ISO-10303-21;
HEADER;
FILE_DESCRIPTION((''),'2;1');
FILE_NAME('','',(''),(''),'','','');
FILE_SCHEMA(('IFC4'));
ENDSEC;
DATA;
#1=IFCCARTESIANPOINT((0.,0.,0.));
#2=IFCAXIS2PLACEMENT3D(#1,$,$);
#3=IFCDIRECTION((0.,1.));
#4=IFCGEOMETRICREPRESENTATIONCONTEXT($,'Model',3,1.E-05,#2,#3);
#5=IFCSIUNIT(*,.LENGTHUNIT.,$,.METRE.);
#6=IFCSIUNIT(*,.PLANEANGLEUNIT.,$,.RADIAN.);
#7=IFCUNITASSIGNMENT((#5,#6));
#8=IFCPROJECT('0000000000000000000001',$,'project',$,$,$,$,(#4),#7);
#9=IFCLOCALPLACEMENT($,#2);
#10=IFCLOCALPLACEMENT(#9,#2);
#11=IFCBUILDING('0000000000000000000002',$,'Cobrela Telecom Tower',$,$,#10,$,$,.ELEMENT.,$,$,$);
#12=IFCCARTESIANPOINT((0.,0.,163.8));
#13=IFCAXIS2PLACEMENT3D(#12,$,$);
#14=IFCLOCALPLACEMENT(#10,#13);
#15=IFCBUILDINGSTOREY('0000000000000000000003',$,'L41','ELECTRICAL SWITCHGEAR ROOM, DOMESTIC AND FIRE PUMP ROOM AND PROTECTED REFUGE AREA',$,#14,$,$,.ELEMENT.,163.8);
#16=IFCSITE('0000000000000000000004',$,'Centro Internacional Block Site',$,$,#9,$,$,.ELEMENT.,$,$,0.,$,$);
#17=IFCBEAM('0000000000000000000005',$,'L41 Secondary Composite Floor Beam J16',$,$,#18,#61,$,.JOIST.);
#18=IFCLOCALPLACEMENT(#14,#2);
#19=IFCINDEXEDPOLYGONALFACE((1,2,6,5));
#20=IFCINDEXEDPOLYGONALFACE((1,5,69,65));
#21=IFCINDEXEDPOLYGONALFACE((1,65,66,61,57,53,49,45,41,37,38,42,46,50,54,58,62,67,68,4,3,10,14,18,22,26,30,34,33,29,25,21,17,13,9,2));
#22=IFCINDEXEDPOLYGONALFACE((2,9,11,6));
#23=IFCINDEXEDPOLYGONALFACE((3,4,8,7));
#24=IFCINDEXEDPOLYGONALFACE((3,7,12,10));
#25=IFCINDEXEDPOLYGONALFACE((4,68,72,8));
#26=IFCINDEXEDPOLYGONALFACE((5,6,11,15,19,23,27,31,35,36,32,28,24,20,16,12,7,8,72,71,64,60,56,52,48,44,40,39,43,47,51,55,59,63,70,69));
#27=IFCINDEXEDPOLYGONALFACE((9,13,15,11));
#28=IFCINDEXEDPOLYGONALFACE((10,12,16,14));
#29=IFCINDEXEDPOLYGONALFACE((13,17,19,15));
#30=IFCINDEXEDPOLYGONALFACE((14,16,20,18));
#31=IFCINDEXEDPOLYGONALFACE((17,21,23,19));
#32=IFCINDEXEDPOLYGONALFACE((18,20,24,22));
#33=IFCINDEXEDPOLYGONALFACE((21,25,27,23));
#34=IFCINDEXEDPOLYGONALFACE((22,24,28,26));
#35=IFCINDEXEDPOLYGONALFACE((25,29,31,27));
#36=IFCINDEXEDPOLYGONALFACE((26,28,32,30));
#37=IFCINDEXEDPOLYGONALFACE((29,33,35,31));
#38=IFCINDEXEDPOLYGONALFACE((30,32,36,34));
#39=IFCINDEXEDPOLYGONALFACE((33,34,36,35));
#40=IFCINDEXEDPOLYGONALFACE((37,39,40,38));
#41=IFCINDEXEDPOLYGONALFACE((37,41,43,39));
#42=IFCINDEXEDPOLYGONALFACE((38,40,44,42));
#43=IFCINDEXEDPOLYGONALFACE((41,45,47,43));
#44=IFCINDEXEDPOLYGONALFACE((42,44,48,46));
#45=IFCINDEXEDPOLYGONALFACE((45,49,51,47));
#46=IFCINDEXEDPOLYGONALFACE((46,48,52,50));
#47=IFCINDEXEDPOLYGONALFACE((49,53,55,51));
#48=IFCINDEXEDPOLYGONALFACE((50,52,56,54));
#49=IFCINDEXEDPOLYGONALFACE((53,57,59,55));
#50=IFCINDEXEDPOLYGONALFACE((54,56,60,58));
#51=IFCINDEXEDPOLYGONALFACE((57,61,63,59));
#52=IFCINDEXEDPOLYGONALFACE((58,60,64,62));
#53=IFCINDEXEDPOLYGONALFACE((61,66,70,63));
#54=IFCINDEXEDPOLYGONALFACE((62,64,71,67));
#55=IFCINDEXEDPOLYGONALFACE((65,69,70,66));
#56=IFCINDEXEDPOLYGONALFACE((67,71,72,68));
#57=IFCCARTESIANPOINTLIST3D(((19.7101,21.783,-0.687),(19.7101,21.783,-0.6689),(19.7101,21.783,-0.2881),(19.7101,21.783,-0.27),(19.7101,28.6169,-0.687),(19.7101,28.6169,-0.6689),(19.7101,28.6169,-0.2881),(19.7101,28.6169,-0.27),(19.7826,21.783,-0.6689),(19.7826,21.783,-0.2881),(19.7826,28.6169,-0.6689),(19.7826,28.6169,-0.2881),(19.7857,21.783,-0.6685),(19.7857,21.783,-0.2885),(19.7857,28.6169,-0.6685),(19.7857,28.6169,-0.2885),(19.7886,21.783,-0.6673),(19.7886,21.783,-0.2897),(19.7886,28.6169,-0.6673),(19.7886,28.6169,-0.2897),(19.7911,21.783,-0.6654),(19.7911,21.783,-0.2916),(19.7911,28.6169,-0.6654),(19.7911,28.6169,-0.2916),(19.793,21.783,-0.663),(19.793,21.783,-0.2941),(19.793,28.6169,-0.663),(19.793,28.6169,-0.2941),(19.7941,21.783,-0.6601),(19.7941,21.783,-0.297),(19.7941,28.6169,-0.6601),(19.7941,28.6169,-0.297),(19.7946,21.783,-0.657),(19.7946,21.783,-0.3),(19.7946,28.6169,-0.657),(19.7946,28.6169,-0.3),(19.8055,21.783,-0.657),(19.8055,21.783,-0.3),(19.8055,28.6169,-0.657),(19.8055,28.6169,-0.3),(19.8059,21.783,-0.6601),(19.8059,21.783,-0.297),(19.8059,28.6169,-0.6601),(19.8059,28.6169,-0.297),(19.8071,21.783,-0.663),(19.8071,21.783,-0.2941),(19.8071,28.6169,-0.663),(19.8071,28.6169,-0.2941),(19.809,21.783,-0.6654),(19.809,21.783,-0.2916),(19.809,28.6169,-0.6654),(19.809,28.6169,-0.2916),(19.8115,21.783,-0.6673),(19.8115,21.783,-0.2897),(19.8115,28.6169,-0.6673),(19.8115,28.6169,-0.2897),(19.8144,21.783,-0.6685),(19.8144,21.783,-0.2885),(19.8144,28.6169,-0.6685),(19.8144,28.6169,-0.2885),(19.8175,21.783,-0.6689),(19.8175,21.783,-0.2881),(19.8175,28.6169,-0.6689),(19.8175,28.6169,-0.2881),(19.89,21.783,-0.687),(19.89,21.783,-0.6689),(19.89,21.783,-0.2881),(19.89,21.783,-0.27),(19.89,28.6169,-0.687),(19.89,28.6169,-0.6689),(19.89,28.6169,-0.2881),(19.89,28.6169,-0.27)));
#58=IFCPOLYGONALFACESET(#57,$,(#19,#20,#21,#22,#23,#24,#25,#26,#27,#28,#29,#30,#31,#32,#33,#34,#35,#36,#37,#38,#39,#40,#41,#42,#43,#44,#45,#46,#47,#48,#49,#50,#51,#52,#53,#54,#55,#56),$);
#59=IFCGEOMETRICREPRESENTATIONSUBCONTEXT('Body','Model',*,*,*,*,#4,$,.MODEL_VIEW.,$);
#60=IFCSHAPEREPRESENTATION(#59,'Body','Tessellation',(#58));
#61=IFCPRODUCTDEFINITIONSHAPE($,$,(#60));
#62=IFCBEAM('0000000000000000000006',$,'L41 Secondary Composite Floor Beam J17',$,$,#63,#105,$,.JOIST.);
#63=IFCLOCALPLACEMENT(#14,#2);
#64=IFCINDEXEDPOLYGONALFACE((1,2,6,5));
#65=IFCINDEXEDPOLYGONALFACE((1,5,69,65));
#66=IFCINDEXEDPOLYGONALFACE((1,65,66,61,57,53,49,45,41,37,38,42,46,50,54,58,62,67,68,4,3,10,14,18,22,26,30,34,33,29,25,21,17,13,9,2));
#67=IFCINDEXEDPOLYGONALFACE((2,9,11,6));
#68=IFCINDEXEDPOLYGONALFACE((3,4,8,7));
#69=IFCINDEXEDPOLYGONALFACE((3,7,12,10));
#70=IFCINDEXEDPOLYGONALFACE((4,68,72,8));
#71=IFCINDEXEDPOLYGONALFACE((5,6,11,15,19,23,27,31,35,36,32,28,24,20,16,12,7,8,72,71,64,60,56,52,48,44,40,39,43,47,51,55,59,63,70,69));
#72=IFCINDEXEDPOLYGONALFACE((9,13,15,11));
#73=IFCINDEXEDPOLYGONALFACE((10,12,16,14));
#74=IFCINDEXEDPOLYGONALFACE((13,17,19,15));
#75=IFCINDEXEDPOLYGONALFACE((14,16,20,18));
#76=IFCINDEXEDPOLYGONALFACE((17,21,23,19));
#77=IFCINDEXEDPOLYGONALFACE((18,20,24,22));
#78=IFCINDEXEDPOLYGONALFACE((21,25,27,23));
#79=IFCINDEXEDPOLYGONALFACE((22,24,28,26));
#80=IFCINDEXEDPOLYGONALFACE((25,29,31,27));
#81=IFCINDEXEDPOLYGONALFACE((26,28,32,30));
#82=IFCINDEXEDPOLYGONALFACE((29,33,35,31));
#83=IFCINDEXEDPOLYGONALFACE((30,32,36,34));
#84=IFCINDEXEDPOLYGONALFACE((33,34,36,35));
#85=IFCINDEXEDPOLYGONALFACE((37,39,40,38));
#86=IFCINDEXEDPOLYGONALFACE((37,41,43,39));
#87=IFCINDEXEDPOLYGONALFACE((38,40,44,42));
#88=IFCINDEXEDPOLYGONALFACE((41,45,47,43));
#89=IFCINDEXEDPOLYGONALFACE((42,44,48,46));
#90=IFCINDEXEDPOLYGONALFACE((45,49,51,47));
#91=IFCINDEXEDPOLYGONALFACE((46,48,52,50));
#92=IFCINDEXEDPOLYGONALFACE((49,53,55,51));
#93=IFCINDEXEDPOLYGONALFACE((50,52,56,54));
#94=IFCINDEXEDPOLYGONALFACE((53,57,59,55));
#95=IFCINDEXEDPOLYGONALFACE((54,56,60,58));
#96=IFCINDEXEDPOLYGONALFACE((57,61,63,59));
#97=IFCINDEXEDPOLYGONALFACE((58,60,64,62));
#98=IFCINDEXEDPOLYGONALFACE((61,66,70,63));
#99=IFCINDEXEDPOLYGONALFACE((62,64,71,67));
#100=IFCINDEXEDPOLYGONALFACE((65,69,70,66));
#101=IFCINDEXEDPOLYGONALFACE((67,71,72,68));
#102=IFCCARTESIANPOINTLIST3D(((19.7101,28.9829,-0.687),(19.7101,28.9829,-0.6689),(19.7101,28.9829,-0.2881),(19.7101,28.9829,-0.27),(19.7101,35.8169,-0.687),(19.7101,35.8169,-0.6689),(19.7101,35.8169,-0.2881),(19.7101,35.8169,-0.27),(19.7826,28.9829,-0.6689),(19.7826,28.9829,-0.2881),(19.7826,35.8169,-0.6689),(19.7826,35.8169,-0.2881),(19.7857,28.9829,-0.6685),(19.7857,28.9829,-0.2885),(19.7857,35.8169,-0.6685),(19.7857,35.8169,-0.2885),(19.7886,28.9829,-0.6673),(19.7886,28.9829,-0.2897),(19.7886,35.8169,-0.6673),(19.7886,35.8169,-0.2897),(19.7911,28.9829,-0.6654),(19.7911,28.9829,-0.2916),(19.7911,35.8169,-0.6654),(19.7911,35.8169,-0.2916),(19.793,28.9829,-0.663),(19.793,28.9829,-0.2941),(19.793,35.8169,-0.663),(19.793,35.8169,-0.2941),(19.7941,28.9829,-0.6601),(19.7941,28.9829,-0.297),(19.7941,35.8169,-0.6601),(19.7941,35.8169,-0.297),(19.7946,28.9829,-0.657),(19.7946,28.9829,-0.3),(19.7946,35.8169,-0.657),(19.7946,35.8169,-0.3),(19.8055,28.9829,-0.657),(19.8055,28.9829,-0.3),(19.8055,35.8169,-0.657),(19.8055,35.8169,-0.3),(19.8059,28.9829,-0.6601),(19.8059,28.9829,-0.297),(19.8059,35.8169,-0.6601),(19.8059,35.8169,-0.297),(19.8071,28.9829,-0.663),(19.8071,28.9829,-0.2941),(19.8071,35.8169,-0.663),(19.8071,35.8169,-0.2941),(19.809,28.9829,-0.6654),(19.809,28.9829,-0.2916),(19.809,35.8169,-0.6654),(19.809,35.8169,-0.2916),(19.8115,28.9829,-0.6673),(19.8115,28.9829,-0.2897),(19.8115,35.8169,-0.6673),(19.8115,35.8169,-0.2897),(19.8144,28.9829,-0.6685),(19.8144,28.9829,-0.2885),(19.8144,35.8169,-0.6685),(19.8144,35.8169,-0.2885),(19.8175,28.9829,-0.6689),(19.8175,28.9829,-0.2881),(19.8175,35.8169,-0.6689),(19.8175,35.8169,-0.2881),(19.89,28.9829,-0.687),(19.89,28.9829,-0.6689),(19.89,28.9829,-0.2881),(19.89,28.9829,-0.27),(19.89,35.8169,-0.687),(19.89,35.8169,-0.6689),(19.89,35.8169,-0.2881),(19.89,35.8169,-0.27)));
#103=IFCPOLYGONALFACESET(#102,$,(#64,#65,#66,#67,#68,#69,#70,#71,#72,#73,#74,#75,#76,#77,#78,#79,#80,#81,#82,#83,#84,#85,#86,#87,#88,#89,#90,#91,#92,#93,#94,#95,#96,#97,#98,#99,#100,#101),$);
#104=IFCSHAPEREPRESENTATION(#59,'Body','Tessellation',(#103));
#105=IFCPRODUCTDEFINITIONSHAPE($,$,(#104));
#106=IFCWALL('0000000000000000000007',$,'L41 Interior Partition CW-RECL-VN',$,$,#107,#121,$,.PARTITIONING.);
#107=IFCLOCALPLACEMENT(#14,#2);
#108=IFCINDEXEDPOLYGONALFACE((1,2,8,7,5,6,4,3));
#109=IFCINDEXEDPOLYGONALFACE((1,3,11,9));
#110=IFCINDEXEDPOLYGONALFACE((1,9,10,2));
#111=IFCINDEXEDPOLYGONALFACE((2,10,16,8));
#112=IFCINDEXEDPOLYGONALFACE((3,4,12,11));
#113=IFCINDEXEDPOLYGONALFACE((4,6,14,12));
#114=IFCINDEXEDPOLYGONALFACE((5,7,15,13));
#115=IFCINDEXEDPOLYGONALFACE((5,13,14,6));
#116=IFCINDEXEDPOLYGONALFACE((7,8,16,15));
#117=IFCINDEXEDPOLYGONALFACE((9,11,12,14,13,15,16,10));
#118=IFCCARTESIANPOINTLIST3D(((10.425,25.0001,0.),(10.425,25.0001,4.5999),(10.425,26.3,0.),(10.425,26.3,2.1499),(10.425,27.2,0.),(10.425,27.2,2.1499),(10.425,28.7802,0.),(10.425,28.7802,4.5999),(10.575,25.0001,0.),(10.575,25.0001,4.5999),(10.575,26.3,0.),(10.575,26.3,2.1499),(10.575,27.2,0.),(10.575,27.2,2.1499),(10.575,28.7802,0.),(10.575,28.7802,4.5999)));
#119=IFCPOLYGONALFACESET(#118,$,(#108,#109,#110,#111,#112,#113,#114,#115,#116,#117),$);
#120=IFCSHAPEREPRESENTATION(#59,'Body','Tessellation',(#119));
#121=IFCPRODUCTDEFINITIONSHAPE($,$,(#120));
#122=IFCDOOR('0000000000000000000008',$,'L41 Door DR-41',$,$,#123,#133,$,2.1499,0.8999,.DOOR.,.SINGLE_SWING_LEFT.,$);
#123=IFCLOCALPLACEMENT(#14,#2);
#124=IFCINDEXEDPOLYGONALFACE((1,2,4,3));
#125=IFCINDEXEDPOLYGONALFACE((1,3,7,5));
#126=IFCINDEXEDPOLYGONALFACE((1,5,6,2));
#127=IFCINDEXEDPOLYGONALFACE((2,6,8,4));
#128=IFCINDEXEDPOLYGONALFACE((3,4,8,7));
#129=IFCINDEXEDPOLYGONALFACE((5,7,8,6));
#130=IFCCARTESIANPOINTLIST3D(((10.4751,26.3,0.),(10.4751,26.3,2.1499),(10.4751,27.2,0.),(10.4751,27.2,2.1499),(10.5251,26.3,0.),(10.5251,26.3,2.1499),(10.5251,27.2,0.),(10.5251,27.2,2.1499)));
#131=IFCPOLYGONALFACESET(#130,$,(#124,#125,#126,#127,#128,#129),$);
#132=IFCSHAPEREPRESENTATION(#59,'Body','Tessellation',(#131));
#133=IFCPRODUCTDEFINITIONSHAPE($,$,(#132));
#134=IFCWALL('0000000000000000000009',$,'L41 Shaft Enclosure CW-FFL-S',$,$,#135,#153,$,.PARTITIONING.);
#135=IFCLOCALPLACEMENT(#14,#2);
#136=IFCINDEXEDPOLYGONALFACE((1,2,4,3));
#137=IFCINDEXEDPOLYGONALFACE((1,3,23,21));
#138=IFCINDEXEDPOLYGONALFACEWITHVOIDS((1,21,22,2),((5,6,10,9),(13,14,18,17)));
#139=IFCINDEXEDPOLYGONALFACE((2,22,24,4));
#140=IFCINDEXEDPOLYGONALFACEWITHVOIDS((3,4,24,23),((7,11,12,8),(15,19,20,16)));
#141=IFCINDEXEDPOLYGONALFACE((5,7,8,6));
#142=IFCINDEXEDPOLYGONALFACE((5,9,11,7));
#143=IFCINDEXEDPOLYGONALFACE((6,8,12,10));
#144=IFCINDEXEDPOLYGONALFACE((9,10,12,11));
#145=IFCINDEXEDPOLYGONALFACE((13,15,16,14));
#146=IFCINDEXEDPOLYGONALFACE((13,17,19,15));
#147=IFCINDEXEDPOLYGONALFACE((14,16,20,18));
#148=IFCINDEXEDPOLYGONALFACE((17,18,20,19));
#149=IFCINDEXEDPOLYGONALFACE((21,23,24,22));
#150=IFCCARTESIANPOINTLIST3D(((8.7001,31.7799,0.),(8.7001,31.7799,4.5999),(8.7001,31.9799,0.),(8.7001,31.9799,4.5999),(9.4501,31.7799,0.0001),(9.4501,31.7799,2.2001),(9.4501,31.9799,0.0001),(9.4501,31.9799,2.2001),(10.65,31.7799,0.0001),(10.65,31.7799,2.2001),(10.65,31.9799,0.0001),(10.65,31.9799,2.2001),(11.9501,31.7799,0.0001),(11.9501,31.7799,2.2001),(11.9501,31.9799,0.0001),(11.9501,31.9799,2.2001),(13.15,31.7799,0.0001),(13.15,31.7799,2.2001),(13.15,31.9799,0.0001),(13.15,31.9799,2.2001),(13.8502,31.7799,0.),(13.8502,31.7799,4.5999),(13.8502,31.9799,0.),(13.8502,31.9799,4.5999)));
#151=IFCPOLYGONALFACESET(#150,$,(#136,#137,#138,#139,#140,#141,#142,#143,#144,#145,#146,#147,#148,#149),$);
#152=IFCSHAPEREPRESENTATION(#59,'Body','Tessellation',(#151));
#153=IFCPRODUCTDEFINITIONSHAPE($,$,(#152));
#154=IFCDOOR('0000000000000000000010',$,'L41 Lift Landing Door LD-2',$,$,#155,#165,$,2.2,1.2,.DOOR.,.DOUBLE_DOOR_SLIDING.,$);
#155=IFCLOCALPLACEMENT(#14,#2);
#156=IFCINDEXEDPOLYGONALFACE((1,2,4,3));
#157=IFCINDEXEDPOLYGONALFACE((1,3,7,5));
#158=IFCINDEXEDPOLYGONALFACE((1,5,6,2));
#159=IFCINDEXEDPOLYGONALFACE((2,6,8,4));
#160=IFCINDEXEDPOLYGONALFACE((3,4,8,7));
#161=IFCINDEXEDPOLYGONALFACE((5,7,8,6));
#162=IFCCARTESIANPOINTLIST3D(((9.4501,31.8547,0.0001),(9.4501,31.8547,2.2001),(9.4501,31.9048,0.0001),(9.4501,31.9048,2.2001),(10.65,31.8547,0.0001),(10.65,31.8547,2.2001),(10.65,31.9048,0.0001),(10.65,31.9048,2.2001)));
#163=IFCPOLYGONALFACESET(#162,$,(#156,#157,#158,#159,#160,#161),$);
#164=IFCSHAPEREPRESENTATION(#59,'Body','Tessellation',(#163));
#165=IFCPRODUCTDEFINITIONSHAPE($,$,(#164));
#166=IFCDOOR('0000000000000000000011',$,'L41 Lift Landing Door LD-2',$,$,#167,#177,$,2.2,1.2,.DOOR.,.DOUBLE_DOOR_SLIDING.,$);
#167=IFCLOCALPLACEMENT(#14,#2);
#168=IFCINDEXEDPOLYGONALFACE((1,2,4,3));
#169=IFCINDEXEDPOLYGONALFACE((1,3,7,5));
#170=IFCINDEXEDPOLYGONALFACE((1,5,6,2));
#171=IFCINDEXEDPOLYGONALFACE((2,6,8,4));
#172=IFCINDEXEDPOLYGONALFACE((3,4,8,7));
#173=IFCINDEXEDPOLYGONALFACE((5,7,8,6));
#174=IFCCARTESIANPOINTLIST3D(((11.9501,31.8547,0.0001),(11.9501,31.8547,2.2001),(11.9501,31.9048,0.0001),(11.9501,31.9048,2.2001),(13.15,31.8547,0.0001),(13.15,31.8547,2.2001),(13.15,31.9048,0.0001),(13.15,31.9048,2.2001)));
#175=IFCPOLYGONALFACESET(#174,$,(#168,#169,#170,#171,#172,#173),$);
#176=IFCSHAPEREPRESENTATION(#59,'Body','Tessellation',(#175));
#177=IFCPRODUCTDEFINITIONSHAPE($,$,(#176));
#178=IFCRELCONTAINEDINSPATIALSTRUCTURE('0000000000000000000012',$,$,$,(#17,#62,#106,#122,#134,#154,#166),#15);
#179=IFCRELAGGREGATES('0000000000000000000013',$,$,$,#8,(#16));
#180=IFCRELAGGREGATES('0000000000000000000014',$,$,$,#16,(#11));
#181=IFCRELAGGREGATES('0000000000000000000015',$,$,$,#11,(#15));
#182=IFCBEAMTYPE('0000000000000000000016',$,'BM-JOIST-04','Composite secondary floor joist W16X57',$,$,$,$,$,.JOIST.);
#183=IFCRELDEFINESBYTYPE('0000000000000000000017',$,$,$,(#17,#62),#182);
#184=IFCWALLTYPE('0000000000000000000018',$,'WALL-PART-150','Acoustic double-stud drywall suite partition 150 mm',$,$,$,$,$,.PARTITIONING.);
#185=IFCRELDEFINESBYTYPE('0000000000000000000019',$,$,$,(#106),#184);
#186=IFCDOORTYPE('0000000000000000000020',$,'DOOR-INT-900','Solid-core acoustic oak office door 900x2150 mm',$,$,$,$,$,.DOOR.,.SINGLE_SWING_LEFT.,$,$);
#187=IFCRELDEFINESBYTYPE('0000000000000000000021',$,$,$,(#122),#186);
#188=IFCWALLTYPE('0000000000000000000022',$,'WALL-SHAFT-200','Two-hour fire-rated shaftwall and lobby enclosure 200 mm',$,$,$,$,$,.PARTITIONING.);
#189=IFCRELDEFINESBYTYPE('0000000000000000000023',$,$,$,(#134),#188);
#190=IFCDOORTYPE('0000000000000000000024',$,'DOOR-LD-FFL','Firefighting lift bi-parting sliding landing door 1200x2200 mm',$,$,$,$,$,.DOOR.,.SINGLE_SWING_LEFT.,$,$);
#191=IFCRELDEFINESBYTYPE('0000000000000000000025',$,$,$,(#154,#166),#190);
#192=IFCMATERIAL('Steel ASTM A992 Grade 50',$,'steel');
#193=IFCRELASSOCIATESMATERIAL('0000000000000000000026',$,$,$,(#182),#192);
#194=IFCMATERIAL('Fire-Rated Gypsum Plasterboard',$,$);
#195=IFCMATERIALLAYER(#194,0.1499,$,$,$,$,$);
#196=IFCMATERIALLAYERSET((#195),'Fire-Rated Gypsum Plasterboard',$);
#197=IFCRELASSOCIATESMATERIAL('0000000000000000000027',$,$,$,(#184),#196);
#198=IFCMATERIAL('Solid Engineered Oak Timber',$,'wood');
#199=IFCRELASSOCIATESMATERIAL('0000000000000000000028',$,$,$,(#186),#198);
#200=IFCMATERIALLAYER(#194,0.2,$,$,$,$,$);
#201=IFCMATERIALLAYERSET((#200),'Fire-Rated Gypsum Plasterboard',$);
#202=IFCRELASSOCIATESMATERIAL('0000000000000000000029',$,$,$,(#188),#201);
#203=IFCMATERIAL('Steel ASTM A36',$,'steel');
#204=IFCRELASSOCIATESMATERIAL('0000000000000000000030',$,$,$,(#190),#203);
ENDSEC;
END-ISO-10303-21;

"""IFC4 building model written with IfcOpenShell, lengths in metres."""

from ifc_helpers import new_model, si_unit, direction, frame, frame_2d, origin, origin_2d, place, context, subcontext, project, spatial, rectangle, i_section, extrude, material, layer, layer_set, material_profile, profile_set, type_object, element, fill, save


model = new_model("IFC4")

# Units and contexts
model_context = context("Model", 3, precision=1e-05, world=origin(), true_north=direction((0.0, 1.0)))
body_context = subcontext(model_context, "Body", "Model", "MODEL_VIEW")
ifc_project = project(units=[si_unit("LENGTHUNIT", "METRE"), si_unit("PLANEANGLEUNIT", "RADIAN")], contexts=[model_context])

# Site, building, storey
site_placement = place(None, origin())
site = spatial("IfcSite", under=ifc_project, at=site_placement, Name="Centro Internacional Block Site", CompositionType="ELEMENT", RefElevation=0.0)
building_placement = place(site_placement, origin())
building = spatial("IfcBuilding", under=site, at=building_placement, Name="Cobrela Telecom Tower", CompositionType="ELEMENT")
storey_placement = place(building_placement, frame((0.0, 0.0, 163.8)))
storey = spatial("IfcBuildingStorey", under=building, at=storey_placement, Name="L41", Description="ELECTRICAL SWITCHGEAR ROOM, DOMESTIC AND FIRE PUMP ROOM AND PROTECTED REFUGE AREA", CompositionType="ELEMENT", Elevation=163.8)

# Beams
ifc_material_1 = material(Name="Steel ASTM A992 Grade 50", Category="steel")
ifc_material_profile_1 = material_profile(ifc_material_1, i_section(OverallWidth=0.1799, OverallDepth=0.417, WebThickness=0.011, FlangeThickness=0.0181, FilletRadius=0.012, at=origin_2d()), Name="W16X57")
ifc_profile_set_1 = profile_set([ifc_material_profile_1], Name="Steel ASTM A992 Grade 50")
beam_type_1 = type_object("IfcBeamType", Name="BM-JOIST-04", Description="Composite secondary floor joist W16X57", PredefinedType="JOIST", material=ifc_profile_set_1)
for number, where, z_axis, x_axis, name in (
    (1, (19.8, 21.783, -0.4785), (0.0, 1.0, 0.0), (-1.0, 0.0, 0.0), "L41 Secondary Composite Floor Beam J16"),
    (2, (19.8, 28.9829, -0.4785), (0.0, 1.0, 0.0), (-1.0, 0.0, 0.0), "L41 Secondary Composite Floor Beam J17"),
):
    element("IfcBeam", number, at=place(storey_placement, frame(where, z_axis=z_axis, x_axis=x_axis)), inside=storey, type_object=beam_type_1, Name=name, PredefinedType="JOIST", context=body_context, shape_type="SweptSolid", body=[
        extrude(i_section(OverallWidth=0.1799, OverallDepth=0.417, WebThickness=0.011, FlangeThickness=0.0181, FilletRadius=0.012, at=origin_2d()), origin(), (0.0, 0.0, 1.0), 6.834),
    ])

# Wall, opening, door
ifc_material_2 = material(Name="Fire-Rated Gypsum Plasterboard")
ifc_layer_1 = layer(ifc_material_2, 0.1499)
ifc_layer_set_1 = layer_set([ifc_layer_1], Name="Fire-Rated Gypsum Plasterboard")
wall_type_1 = type_object("IfcWallType", Name="WALL-PART-150", Description="Acoustic double-stud drywall suite partition 150 mm", PredefinedType="PARTITIONING", material=ifc_layer_set_1)
wall_1_placement = place(storey_placement, frame((10.5, 25.0, 0.0), z_axis=(0.0, 0.0, 1.0), x_axis=(0.0, 1.0, 0.0)))
wall_1 = element("IfcWall", 3, at=wall_1_placement, inside=storey, type_object=wall_type_1, Name="L41 Interior Partition CW-RECL-VN", PredefinedType="PARTITIONING", context=body_context, shape_type="SweptSolid", body=[
    extrude(rectangle(XDim=3.78, YDim=0.1499, at=frame_2d((1.8901, 0.0))), origin(), (0.0, 0.0, 1.0), 4.5999),
])
opening_1_placement = place(wall_1_placement, frame((1.3, 0.0, 0.0)))
opening_1 = element("IfcOpeningElement", 4, at=opening_1_placement, cuts=wall_1, PredefinedType="OPENING", context=body_context, shape_type="SweptSolid", body=[
    extrude(rectangle(XDim=0.8999, YDim=2.1499, at=frame_2d((0.45, 1.075))), frame((0.0, 0.0869, 0.0), z_axis=(0.0, -1.0, 0.0), x_axis=(1.0, 0.0, 0.0)), (0.0, 0.0, 1.0), 0.1738),
])
ifc_material_3 = material(Name="Solid Engineered Oak Timber", Category="wood")
door_type_1 = type_object("IfcDoorType", Name="DOOR-INT-900", Description="Solid-core acoustic oak office door 900x2150 mm", OperationType="SINGLE_SWING_LEFT", PredefinedType="DOOR", material=ifc_material_3)
door_1_placement = place(opening_1_placement, origin())
door_1 = element("IfcDoor", 5, at=door_1_placement, inside=storey, type_object=door_type_1, Name="L41 Door DR-41", OperationType="SINGLE_SWING_LEFT", OverallHeight=2.1499, OverallWidth=0.8999, PredefinedType="DOOR", context=body_context, shape_type="SweptSolid", body=[
    extrude(rectangle(XDim=0.8999, YDim=2.1499, at=frame_2d((0.45, 1.075))), frame((0.0, 0.0249, 0.0), z_axis=(0.0, -1.0, 0.0), x_axis=(1.0, 0.0, 0.0)), (0.0, 0.0, 1.0), 0.05),
])
fill(opening_1, door_1)

# Wall, openings, doors
ifc_layer_2 = layer(ifc_material_2, 0.2)
ifc_layer_set_2 = layer_set([ifc_layer_2], Name="Fire-Rated Gypsum Plasterboard")
wall_type_2 = type_object("IfcWallType", Name="WALL-SHAFT-200", Description="Two-hour fire-rated shaftwall and lobby enclosure 200 mm", PredefinedType="PARTITIONING", material=ifc_layer_set_2)
wall_2_placement = place(storey_placement, frame((8.7, 31.8799, 0.0), z_axis=(0.0, 0.0, 1.0), x_axis=(1.0, 0.0, 0.0)))
wall_2 = element("IfcWall", 6, at=wall_2_placement, inside=storey, type_object=wall_type_2, Name="L41 Shaft Enclosure CW-FFL-S", PredefinedType="PARTITIONING", context=body_context, shape_type="SweptSolid", body=[
    extrude(rectangle(XDim=5.1501, YDim=0.2, at=frame_2d((2.5752, 0.0))), origin(), (0.0, 0.0, 1.0), 4.5999),
])
opening_2_placement = place(wall_2_placement, frame((0.75, 0.0, 0.0)))
opening_2 = element("IfcOpeningElement", 7, at=opening_2_placement, cuts=wall_2, PredefinedType="OPENING", context=body_context, shape_type="SweptSolid", body=[
    extrude(rectangle(XDim=1.2, YDim=2.2, at=frame_2d((0.6001, 1.1001))), frame((0.0, 0.1118, 0.0), z_axis=(0.0, -1.0, 0.0), x_axis=(1.0, 0.0, 0.0)), (0.0, 0.0, 1.0), 0.2239),
])
opening_3_placement = place(wall_2_placement, frame((3.25, 0.0, 0.0)))
opening_3 = element("IfcOpeningElement", 8, at=opening_3_placement, cuts=wall_2, PredefinedType="OPENING", context=body_context, shape_type="SweptSolid", body=[
    extrude(rectangle(XDim=1.2, YDim=2.2, at=frame_2d((0.6001, 1.1001))), frame((0.0, 0.1118, 0.0), z_axis=(0.0, -1.0, 0.0), x_axis=(1.0, 0.0, 0.0)), (0.0, 0.0, 1.0), 0.2239),
])
ifc_material_4 = material(Name="Steel ASTM A36", Category="steel")
door_type_2 = type_object("IfcDoorType", Name="DOOR-LD-FFL", Description="Firefighting lift bi-parting sliding landing door 1200x2200 mm", OperationType="SINGLE_SWING_LEFT", PredefinedType="DOOR", material=ifc_material_4)
door_2_placement = place(opening_2_placement, origin())
door_2 = element("IfcDoor", 9, at=door_2_placement, inside=storey, type_object=door_type_2, Name="L41 Lift Landing Door LD-2", OperationType="DOUBLE_DOOR_SLIDING", OverallHeight=2.2, OverallWidth=1.2, PredefinedType="DOOR", context=body_context, shape_type="SweptSolid", body=[
    extrude(rectangle(XDim=1.2, YDim=2.2, at=frame_2d((0.6001, 1.1001))), frame((0.0, 0.0249, 0.0), z_axis=(0.0, -1.0, 0.0), x_axis=(1.0, 0.0, 0.0)), (0.0, 0.0, 1.0), 0.05),
])
fill(opening_2, door_2)
door_3_placement = place(opening_3_placement, origin())
door_3 = element("IfcDoor", 10, at=door_3_placement, inside=storey, type_object=door_type_2, Name="L41 Lift Landing Door LD-2", OperationType="DOUBLE_DOOR_SLIDING", OverallHeight=2.2, OverallWidth=1.2, PredefinedType="DOOR", context=body_context, shape_type="SweptSolid", body=[
    extrude(rectangle(XDim=1.2, YDim=2.2, at=frame_2d((0.6001, 1.1001))), frame((0.0, 0.0249, 0.0), z_axis=(0.0, -1.0, 0.0), x_axis=(1.0, 0.0, 0.0)), (0.0, 0.0, 1.0), 0.05),
])
fill(opening_3, door_3)

save(model, "model.ifc")
